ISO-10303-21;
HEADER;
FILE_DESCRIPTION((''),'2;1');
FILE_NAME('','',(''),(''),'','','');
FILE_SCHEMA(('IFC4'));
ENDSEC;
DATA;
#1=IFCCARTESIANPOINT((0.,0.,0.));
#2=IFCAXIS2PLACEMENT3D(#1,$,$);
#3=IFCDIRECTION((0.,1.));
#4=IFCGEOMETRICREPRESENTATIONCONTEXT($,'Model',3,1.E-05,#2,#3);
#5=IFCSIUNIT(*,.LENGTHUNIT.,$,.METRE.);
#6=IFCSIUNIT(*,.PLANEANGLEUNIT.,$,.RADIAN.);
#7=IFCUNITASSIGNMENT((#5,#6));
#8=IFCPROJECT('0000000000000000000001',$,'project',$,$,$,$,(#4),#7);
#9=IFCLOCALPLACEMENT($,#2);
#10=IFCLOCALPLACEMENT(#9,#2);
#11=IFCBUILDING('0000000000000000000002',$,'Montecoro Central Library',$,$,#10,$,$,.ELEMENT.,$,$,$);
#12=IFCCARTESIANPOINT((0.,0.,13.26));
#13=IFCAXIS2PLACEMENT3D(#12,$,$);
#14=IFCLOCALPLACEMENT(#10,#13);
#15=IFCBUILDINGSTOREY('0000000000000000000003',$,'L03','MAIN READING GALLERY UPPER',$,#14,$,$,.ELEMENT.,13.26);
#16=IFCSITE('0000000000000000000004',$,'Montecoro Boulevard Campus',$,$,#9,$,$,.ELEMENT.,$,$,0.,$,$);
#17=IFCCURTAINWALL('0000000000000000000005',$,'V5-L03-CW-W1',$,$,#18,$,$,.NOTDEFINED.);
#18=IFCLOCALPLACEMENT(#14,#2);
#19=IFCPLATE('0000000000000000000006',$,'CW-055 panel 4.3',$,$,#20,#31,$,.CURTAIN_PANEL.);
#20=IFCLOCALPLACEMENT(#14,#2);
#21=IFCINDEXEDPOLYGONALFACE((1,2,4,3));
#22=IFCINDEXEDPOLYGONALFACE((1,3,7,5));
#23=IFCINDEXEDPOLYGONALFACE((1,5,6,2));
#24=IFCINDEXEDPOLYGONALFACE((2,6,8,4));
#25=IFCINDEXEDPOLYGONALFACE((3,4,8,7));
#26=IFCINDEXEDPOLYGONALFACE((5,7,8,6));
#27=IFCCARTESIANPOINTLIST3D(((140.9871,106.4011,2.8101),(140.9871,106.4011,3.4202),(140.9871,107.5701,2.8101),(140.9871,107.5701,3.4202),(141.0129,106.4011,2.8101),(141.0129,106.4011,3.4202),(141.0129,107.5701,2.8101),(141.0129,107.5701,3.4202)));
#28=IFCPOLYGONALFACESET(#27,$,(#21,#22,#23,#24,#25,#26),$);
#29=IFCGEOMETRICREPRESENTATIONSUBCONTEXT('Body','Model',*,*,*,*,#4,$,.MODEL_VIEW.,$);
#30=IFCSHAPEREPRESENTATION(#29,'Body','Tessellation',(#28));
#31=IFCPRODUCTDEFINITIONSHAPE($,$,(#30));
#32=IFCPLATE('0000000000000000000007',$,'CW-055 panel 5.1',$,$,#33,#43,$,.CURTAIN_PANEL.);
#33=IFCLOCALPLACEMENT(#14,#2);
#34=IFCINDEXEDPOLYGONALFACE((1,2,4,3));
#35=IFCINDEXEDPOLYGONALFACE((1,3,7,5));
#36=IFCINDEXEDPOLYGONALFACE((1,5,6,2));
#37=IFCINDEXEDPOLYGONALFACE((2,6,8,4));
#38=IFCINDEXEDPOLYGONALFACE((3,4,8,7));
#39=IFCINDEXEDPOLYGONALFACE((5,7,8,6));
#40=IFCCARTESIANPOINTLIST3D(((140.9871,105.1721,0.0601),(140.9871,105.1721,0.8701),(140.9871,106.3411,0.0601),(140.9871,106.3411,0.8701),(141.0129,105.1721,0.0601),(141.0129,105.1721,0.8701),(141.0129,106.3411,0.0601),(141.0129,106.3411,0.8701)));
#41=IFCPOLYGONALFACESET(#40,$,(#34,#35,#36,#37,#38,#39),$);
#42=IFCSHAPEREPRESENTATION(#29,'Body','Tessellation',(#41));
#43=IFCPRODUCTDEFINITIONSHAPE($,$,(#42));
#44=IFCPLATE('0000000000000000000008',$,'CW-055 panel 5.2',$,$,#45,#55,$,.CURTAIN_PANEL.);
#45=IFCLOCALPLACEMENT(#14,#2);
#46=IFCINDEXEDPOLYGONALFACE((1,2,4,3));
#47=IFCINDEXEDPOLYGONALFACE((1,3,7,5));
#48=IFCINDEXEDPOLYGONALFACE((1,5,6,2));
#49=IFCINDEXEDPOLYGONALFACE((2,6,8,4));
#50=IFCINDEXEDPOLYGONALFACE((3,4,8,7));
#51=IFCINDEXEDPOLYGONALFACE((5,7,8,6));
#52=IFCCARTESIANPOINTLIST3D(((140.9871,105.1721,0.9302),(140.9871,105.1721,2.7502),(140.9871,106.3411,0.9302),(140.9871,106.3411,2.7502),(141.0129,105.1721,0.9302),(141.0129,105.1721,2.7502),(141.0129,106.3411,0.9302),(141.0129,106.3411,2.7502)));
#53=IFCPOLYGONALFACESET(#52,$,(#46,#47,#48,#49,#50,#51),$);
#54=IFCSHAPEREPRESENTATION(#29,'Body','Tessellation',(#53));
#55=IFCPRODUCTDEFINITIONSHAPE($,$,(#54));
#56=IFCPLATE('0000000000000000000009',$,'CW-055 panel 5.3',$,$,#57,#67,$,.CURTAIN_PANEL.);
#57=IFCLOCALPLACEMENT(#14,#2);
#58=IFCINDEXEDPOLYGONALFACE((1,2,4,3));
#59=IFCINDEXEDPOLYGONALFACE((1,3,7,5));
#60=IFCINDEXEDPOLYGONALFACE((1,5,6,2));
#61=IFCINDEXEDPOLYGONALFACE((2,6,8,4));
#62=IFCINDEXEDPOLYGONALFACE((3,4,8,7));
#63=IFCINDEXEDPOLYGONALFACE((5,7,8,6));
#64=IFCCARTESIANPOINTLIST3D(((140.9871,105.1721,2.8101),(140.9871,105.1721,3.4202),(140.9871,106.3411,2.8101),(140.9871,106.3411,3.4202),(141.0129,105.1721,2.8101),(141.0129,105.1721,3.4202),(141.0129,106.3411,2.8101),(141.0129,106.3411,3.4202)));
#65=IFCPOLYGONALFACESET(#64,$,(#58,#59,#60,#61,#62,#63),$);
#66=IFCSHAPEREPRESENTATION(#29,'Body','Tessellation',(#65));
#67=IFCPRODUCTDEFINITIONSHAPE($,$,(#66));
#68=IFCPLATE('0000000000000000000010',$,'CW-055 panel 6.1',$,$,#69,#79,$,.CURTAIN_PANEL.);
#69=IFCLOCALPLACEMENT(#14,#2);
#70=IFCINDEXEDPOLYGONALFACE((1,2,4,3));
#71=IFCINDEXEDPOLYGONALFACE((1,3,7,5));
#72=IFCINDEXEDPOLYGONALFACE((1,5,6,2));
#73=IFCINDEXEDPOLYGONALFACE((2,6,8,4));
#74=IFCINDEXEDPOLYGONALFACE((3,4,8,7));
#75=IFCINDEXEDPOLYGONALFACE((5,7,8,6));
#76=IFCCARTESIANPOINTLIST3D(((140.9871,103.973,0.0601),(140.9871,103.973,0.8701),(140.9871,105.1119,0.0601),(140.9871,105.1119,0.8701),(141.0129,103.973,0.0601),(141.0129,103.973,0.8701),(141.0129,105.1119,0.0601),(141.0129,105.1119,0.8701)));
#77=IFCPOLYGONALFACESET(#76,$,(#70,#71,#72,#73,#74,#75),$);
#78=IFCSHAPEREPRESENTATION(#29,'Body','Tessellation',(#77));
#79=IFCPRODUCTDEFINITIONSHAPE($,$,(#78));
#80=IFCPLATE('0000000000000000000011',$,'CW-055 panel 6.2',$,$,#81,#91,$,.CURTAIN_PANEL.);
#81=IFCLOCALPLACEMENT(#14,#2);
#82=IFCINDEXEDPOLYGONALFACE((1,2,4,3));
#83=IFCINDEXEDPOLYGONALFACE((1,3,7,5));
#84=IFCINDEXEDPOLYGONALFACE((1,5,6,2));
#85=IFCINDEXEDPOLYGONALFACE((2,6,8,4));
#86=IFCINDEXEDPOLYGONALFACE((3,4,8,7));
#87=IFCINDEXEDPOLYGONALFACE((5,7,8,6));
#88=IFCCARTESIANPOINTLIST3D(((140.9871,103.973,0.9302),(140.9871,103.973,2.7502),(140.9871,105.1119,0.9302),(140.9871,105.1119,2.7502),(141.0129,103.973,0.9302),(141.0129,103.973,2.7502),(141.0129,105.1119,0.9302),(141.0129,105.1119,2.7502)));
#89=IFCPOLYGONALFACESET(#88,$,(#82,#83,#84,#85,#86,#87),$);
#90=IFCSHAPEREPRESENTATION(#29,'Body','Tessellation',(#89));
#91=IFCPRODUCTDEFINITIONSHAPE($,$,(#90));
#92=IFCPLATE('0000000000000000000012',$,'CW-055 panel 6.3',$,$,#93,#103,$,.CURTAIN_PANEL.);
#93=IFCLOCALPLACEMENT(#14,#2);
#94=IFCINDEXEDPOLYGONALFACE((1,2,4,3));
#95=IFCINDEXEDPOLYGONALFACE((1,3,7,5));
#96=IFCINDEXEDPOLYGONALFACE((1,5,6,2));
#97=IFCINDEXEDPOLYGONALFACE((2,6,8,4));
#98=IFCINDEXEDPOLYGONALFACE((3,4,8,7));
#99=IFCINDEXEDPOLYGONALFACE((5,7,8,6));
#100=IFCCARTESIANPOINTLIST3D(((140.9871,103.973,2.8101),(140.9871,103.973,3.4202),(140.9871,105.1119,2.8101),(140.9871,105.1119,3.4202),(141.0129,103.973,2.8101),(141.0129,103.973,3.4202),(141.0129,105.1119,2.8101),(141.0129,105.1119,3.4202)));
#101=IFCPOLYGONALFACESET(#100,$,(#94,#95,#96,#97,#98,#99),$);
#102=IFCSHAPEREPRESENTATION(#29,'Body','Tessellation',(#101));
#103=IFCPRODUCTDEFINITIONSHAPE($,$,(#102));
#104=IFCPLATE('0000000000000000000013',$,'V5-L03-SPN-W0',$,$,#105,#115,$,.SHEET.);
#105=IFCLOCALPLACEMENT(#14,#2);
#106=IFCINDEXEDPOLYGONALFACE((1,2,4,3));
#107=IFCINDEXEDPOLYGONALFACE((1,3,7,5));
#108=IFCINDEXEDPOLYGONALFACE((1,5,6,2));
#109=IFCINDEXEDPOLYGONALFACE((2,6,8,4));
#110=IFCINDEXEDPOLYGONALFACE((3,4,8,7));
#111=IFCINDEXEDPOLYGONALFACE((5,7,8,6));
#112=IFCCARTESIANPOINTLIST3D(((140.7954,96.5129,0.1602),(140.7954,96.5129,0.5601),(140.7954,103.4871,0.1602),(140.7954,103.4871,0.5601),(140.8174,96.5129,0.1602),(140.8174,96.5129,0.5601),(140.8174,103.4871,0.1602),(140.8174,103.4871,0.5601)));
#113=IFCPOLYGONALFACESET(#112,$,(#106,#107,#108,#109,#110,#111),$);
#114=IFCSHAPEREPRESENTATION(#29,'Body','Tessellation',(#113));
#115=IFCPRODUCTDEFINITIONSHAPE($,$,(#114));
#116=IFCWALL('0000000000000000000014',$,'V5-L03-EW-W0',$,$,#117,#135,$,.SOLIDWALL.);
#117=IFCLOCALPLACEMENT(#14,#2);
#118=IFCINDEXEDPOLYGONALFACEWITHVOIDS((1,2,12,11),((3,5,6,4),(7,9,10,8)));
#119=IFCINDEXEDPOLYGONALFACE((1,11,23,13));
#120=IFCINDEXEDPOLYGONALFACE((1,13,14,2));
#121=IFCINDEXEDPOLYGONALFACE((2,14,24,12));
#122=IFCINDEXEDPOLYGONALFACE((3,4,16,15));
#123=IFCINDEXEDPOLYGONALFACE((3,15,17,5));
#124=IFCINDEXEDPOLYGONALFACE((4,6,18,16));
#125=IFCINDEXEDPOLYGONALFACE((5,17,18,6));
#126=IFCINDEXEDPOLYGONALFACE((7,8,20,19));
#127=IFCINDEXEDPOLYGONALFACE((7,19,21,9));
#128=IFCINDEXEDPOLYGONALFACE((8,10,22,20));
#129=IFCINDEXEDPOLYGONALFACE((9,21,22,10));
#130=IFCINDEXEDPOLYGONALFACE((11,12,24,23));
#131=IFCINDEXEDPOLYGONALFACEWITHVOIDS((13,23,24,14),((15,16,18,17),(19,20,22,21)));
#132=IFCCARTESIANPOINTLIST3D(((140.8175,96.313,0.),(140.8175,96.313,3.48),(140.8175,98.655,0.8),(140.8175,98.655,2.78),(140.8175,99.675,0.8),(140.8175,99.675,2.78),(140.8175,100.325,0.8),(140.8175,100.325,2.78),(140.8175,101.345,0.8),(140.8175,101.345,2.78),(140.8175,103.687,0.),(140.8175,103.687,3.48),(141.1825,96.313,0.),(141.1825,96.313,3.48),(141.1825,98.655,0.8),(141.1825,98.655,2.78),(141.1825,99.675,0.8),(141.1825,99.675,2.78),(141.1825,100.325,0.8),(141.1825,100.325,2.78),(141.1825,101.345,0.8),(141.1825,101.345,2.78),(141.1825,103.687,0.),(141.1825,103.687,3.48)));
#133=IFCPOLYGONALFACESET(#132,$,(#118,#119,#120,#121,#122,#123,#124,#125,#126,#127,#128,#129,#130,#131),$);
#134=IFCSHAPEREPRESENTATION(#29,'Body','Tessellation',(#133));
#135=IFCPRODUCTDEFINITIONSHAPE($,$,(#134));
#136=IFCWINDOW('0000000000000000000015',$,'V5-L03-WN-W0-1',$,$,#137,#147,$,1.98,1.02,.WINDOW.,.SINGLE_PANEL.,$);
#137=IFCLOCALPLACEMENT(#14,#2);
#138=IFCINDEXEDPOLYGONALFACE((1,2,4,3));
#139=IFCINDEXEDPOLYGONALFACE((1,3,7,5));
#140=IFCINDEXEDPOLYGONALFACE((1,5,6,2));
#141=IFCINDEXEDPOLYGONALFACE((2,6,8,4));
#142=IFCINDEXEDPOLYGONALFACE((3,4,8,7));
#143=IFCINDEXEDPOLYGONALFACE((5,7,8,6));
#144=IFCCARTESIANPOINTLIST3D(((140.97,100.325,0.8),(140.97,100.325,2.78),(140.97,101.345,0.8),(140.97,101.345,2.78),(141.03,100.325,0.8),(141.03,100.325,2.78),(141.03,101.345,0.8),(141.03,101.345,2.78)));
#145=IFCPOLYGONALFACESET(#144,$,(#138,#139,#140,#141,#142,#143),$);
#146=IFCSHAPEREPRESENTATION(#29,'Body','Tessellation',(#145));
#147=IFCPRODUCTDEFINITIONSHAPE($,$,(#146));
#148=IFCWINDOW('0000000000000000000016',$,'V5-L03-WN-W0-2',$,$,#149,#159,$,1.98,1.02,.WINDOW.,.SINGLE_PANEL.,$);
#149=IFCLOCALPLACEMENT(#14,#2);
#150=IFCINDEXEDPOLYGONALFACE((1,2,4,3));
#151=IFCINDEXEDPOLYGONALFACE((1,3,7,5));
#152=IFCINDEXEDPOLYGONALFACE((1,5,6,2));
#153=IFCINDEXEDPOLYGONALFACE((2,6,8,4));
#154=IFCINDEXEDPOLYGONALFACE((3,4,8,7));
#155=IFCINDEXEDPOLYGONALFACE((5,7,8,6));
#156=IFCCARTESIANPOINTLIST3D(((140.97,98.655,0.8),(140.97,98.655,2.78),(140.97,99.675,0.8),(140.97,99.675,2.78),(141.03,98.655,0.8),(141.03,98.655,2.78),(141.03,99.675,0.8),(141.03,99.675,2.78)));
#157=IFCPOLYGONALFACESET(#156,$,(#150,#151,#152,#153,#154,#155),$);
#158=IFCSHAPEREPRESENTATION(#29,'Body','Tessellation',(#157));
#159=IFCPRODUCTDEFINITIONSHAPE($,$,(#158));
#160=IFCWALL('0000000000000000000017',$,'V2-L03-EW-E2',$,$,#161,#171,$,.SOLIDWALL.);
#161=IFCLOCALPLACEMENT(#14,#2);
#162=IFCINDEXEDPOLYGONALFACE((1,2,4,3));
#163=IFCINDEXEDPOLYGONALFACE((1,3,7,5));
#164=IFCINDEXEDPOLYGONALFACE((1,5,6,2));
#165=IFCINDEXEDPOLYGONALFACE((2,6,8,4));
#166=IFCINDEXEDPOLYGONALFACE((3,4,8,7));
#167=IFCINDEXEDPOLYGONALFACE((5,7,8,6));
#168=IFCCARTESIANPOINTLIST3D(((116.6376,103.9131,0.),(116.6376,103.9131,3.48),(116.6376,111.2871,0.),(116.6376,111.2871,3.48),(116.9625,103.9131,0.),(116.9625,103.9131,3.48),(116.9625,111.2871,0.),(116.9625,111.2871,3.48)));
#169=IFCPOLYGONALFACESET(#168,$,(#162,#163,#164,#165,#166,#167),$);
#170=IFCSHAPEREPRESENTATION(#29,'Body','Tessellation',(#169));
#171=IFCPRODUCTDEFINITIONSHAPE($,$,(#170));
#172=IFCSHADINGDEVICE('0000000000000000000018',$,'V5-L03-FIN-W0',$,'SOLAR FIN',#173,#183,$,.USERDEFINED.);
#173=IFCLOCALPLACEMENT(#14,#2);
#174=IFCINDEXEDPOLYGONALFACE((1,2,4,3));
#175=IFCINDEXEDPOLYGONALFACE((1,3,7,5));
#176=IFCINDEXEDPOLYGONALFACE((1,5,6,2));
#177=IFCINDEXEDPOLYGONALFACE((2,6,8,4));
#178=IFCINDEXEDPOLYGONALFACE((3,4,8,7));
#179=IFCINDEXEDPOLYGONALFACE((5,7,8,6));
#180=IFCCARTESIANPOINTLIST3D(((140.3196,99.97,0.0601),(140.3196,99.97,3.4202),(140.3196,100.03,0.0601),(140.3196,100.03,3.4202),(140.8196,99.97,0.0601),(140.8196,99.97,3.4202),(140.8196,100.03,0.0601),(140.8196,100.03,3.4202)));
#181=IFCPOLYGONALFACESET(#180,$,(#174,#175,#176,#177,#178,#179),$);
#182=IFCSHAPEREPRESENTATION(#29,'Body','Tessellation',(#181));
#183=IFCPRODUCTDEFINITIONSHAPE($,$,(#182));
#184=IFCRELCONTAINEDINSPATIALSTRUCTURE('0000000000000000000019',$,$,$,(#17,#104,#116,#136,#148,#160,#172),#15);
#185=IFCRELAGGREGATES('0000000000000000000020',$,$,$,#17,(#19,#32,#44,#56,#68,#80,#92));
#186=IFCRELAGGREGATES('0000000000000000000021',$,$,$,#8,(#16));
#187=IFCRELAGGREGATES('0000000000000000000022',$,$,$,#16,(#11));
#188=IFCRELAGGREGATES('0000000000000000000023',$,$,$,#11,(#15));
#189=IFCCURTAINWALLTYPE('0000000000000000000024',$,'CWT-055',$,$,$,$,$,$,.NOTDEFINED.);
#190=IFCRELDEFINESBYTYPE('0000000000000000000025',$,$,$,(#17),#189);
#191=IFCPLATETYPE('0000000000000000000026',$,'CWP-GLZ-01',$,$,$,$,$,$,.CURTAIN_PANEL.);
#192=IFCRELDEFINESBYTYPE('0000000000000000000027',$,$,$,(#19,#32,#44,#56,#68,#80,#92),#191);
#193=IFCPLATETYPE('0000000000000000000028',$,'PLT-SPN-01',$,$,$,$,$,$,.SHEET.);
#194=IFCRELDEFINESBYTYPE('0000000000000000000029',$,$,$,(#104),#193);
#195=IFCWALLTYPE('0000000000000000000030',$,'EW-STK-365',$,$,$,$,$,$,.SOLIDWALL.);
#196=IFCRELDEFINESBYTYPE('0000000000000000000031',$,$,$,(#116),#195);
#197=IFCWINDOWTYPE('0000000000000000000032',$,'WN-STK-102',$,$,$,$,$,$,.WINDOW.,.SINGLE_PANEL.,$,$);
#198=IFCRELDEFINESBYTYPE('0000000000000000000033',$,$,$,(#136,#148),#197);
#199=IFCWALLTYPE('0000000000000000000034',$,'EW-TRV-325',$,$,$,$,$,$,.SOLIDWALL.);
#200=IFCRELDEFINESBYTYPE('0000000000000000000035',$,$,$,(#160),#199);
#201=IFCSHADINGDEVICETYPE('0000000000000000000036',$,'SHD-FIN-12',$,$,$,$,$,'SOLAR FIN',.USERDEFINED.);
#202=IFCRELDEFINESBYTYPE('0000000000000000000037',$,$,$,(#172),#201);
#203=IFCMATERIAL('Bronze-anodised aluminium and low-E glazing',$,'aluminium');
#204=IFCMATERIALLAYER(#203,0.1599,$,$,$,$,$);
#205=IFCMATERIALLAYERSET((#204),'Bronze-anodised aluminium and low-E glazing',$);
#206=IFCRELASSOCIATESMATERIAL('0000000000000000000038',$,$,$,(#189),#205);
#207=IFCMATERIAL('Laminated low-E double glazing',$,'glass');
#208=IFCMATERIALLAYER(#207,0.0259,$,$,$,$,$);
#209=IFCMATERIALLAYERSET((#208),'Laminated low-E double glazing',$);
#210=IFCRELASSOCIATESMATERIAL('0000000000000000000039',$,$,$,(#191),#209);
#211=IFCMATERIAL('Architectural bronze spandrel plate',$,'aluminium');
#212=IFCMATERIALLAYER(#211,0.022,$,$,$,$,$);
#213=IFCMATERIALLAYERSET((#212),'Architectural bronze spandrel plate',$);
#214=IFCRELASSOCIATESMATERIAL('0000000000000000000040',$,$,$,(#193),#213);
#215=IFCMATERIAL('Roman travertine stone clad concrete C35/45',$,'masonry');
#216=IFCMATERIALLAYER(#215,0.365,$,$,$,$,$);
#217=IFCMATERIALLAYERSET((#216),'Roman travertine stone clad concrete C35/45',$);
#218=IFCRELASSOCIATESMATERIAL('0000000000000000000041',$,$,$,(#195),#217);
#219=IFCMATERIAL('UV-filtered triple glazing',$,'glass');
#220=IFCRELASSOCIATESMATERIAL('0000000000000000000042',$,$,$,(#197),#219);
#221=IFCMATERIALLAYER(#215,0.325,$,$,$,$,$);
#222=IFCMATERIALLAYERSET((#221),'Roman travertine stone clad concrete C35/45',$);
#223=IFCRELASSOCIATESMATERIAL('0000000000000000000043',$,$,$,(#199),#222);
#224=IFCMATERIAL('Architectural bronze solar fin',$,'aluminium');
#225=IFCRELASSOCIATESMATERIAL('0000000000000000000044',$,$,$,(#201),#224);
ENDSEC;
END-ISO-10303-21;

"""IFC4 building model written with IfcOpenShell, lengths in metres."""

from ifc_helpers import new_model, si_unit, direction, frame, frame_2d, origin, origin_2d, place, context, subcontext, project, spatial, rectangle, extrude, material, layer, layer_set, type_object, element, fill, aggregate, save


model = new_model("IFC4")

# Units and contexts
model_context = context("Model", 3, precision=1e-05, world=origin(), true_north=direction((0.0, 1.0)))
body_context = subcontext(model_context, "Body", "Model", "MODEL_VIEW")
ifc_project = project(units=[si_unit("LENGTHUNIT", "METRE"), si_unit("PLANEANGLEUNIT", "RADIAN")], contexts=[model_context])

# Site, building, storey
site_placement = place(None, origin())
site = spatial("IfcSite", under=ifc_project, at=site_placement, Name="Montecoro Boulevard Campus", CompositionType="ELEMENT", RefElevation=0.0)
building_placement = place(site_placement, origin())
building = spatial("IfcBuilding", under=site, at=building_placement, Name="Montecoro Central Library", CompositionType="ELEMENT")
storey_placement = place(building_placement, frame((0.0, 0.0, 13.26)))
storey = spatial("IfcBuildingStorey", under=building, at=storey_placement, Name="L03", Description="MAIN READING GALLERY UPPER", CompositionType="ELEMENT", Elevation=13.26)

# Curtain wall, plates
ifc_material_1 = material(Name="Bronze-anodised aluminium and low-E glazing", Category="aluminium")
ifc_layer_1 = layer(ifc_material_1, 0.1599)
ifc_layer_set_1 = layer_set([ifc_layer_1], Name="Bronze-anodised aluminium and low-E glazing")
curtain_wall_type = type_object("IfcCurtainWallType", Name="CWT-055", PredefinedType="NOTDEFINED", material=ifc_layer_set_1)
curtain_wall_placement = place(storey_placement, origin())
curtain_wall = element("IfcCurtainWall", 1, at=curtain_wall_placement, inside=storey, type_object=curtain_wall_type, Name="V5-L03-CW-W1", PredefinedType="NOTDEFINED")
ifc_material_2 = material(Name="Laminated low-E double glazing", Category="glass")
ifc_layer_2 = layer(ifc_material_2, 0.0259)
ifc_layer_set_2 = layer_set([ifc_layer_2], Name="Laminated low-E double glazing")
plate_type_1 = type_object("IfcPlateType", Name="CWP-GLZ-01", PredefinedType="CURTAIN_PANEL", material=ifc_layer_set_2)
plate_1_placement = place(storey_placement, frame((141.0, 106.9856, 2.8101), z_axis=(0.0, 0.0, 1.0), x_axis=(0.0, -1.0, 0.0)))
plate_1 = element("IfcPlate", 2, at=plate_1_placement, type_object=plate_type_1, Name="CW-055 panel 4.3", PredefinedType="CURTAIN_PANEL", context=body_context, shape_type="SweptSolid", body=[
    extrude(rectangle(XDim=1.1689, YDim=0.0259, at=origin_2d()), origin(), (0.0, 0.0, 1.0), 0.6101),
])
plate_2_placement = place(storey_placement, frame((141.0, 105.7566, 0.0601), z_axis=(0.0, 0.0, 1.0), x_axis=(0.0, -1.0, 0.0)))
plate_2 = element("IfcPlate", 3, at=plate_2_placement, type_object=plate_type_1, Name="CW-055 panel 5.1", PredefinedType="CURTAIN_PANEL", context=body_context, shape_type="SweptSolid", body=[
    extrude(rectangle(XDim=1.1689, YDim=0.0259, at=origin_2d()), origin(), (0.0, 0.0, 1.0), 0.8101),
])
plate_3_placement = place(storey_placement, frame((141.0, 105.7566, 0.9302), z_axis=(0.0, 0.0, 1.0), x_axis=(0.0, -1.0, 0.0)))
plate_3 = element("IfcPlate", 4, at=plate_3_placement, type_object=plate_type_1, Name="CW-055 panel 5.2", PredefinedType="CURTAIN_PANEL", context=body_context, shape_type="SweptSolid", body=[
    extrude(rectangle(XDim=1.1689, YDim=0.0259, at=origin_2d()), origin(), (0.0, 0.0, 1.0), 1.8201),
])
plate_4_placement = place(storey_placement, frame((141.0, 105.7566, 2.8101), z_axis=(0.0, 0.0, 1.0), x_axis=(0.0, -1.0, 0.0)))
plate_4 = element("IfcPlate", 5, at=plate_4_placement, type_object=plate_type_1, Name="CW-055 panel 5.3", PredefinedType="CURTAIN_PANEL", context=body_context, shape_type="SweptSolid", body=[
    extrude(rectangle(XDim=1.1689, YDim=0.0259, at=origin_2d()), origin(), (0.0, 0.0, 1.0), 0.6101),
])
plate_5_placement = place(storey_placement, frame((141.0, 104.5425, 0.0601), z_axis=(0.0, 0.0, 1.0), x_axis=(0.0, -1.0, 0.0)))
plate_5 = element("IfcPlate", 6, at=plate_5_placement, type_object=plate_type_1, Name="CW-055 panel 6.1", PredefinedType="CURTAIN_PANEL", context=body_context, shape_type="SweptSolid", body=[
    extrude(rectangle(XDim=1.1389, YDim=0.0259, at=origin_2d()), origin(), (0.0, 0.0, 1.0), 0.8101),
])
plate_6_placement = place(storey_placement, frame((141.0, 104.5425, 0.9302), z_axis=(0.0, 0.0, 1.0), x_axis=(0.0, -1.0, 0.0)))
plate_6 = element("IfcPlate", 7, at=plate_6_placement, type_object=plate_type_1, Name="CW-055 panel 6.2", PredefinedType="CURTAIN_PANEL", context=body_context, shape_type="SweptSolid", body=[
    extrude(rectangle(XDim=1.1389, YDim=0.0259, at=origin_2d()), origin(), (0.0, 0.0, 1.0), 1.8201),
])
plate_7_placement = place(storey_placement, frame((141.0, 104.5425, 2.8101), z_axis=(0.0, 0.0, 1.0), x_axis=(0.0, -1.0, 0.0)))
plate_7 = element("IfcPlate", 8, at=plate_7_placement, type_object=plate_type_1, Name="CW-055 panel 6.3", PredefinedType="CURTAIN_PANEL", context=body_context, shape_type="SweptSolid", body=[
    extrude(rectangle(XDim=1.1389, YDim=0.0259, at=origin_2d()), origin(), (0.0, 0.0, 1.0), 0.6101),
])
aggregate(curtain_wall, [plate_1, plate_2, plate_3, plate_4, plate_5, plate_6, plate_7])

# Plate
ifc_material_3 = material(Name="Architectural bronze spandrel plate", Category="aluminium")
ifc_layer_3 = layer(ifc_material_3, 0.022)
ifc_layer_set_3 = layer_set([ifc_layer_3], Name="Architectural bronze spandrel plate")
plate_type_2 = type_object("IfcPlateType", Name="PLT-SPN-01", PredefinedType="SHEET", material=ifc_layer_set_3)
plate_8_placement = place(storey_placement, frame((140.8064, 100.0, 0.1602), z_axis=(0.0, 0.0, 1.0), x_axis=(0.0, -1.0, 0.0)))
element("IfcPlate", 9, at=plate_8_placement, inside=storey, type_object=plate_type_2, Name="V5-L03-SPN-W0", PredefinedType="SHEET", context=body_context, shape_type="SweptSolid", body=[
    extrude(rectangle(XDim=6.9741, YDim=0.022, at=origin_2d()), origin(), (0.0, 0.0, 1.0), 0.3999),
])

# Wall, openings, windows
ifc_material_4 = material(Name="Roman travertine stone clad concrete C35/45", Category="masonry")
ifc_layer_4 = layer(ifc_material_4, 0.365)
ifc_layer_set_4 = layer_set([ifc_layer_4], Name="Roman travertine stone clad concrete C35/45")
wall_type_1 = type_object("IfcWallType", Name="EW-STK-365", PredefinedType="SOLIDWALL", material=ifc_layer_set_4)
wall_1_placement = place(storey_placement, frame((141.0, 103.687, 0.0), z_axis=(0.0, 0.0, 1.0), x_axis=(0.0, -1.0, 0.0)))
wall_1 = element("IfcWall", 10, at=wall_1_placement, inside=storey, type_object=wall_type_1, Name="V5-L03-EW-W0", PredefinedType="SOLIDWALL", context=body_context, shape_type="SweptSolid", body=[
    extrude(rectangle(XDim=7.374, YDim=0.365, at=frame_2d((3.687, 0.0))), origin(), (0.0, 0.0, 1.0), 3.48),
])
opening_1_placement = place(wall_1_placement, frame((2.342, 0.0, 0.8)))
opening_1 = element("IfcOpeningElement", 11, at=opening_1_placement, cuts=wall_1, PredefinedType="OPENING", context=body_context, shape_type="SweptSolid", body=[
    extrude(rectangle(XDim=1.02, YDim=1.98, at=frame_2d((0.51, 0.99))), frame((0.0, 0.1924, 0.0), z_axis=(0.0, -1.0, 0.0), x_axis=(1.0, 0.0, 0.0)), (0.0, 0.0, 1.0), 0.385),
])
opening_2_placement = place(wall_1_placement, frame((4.012, 0.0, 0.8)))
opening_2 = element("IfcOpeningElement", 12, at=opening_2_placement, cuts=wall_1, PredefinedType="OPENING", context=body_context, shape_type="SweptSolid", body=[
    extrude(rectangle(XDim=1.02, YDim=1.98, at=frame_2d((0.51, 0.99))), frame((0.0, 0.1924, 0.0), z_axis=(0.0, -1.0, 0.0), x_axis=(1.0, 0.0, 0.0)), (0.0, 0.0, 1.0), 0.385),
])
ifc_material_5 = material(Name="UV-filtered triple glazing", Category="glass")
window_type = type_object("IfcWindowType", Name="WN-STK-102", PartitioningType="SINGLE_PANEL", PredefinedType="WINDOW", material=ifc_material_5)
window_1_placement = place(opening_1_placement, origin())
window_1 = element("IfcWindow", 13, at=window_1_placement, inside=storey, type_object=window_type, Name="V5-L03-WN-W0-1", OverallHeight=1.98, OverallWidth=1.02, PartitioningType="SINGLE_PANEL", PredefinedType="WINDOW", context=body_context, shape_type="SweptSolid", body=[
    extrude(rectangle(XDim=1.02, YDim=1.98, at=frame_2d((0.51, 0.99))), frame((0.0, 0.03, 0.0), z_axis=(0.0, -1.0, 0.0), x_axis=(1.0, 0.0, 0.0)), (0.0, 0.0, 1.0), 0.0601),
])
fill(opening_1, window_1)
window_2_placement = place(opening_2_placement, origin())
window_2 = element("IfcWindow", 14, at=window_2_placement, inside=storey, type_object=window_type, Name="V5-L03-WN-W0-2", OverallHeight=1.98, OverallWidth=1.02, PartitioningType="SINGLE_PANEL", PredefinedType="WINDOW", context=body_context, shape_type="SweptSolid", body=[
    extrude(rectangle(XDim=1.02, YDim=1.98, at=frame_2d((0.51, 0.99))), frame((0.0, 0.03, 0.0), z_axis=(0.0, -1.0, 0.0), x_axis=(1.0, 0.0, 0.0)), (0.0, 0.0, 1.0), 0.0601),
])
fill(opening_2, window_2)

# Wall
ifc_layer_5 = layer(ifc_material_4, 0.325)
ifc_layer_set_5 = layer_set([ifc_layer_5], Name="Roman travertine stone clad concrete C35/45")
wall_type_2 = type_object("IfcWallType", Name="EW-TRV-325", PredefinedType="SOLIDWALL", material=ifc_layer_set_5)
wall_2_placement = place(storey_placement, frame((116.8, 103.9131, 0.0), z_axis=(0.0, 0.0, 1.0), x_axis=(0.0, 1.0, 0.0)))
element("IfcWall", 15, at=wall_2_placement, inside=storey, type_object=wall_type_2, Name="V2-L03-EW-E2", PredefinedType="SOLIDWALL", context=body_context, shape_type="SweptSolid", body=[
    extrude(rectangle(XDim=7.374, YDim=0.325, at=frame_2d((3.687, 0.0))), origin(), (0.0, 0.0, 1.0), 3.48),
])

# Shading device
ifc_material_6 = material(Name="Architectural bronze solar fin", Category="aluminium")
shading_device_type = type_object("IfcShadingDeviceType", Name="SHD-FIN-12", ElementType="SOLAR FIN", PredefinedType="USERDEFINED", material=ifc_material_6)
shading_device_placement = place(storey_placement, frame((140.5696, 100.0, 0.0601), z_axis=(0.0, 0.0, 1.0), x_axis=(0.0, -1.0, 0.0)))
element("IfcShadingDevice", 16, at=shading_device_placement, inside=storey, type_object=shading_device_type, Name="V5-L03-FIN-W0", ObjectType="SOLAR FIN", PredefinedType="USERDEFINED", context=body_context, shape_type="SweptSolid", body=[
    extrude(rectangle(XDim=0.0601, YDim=0.5, at=origin_2d()), origin(), (0.0, 0.0, 1.0), 3.3601),
])

save(model, "model.ifc")
